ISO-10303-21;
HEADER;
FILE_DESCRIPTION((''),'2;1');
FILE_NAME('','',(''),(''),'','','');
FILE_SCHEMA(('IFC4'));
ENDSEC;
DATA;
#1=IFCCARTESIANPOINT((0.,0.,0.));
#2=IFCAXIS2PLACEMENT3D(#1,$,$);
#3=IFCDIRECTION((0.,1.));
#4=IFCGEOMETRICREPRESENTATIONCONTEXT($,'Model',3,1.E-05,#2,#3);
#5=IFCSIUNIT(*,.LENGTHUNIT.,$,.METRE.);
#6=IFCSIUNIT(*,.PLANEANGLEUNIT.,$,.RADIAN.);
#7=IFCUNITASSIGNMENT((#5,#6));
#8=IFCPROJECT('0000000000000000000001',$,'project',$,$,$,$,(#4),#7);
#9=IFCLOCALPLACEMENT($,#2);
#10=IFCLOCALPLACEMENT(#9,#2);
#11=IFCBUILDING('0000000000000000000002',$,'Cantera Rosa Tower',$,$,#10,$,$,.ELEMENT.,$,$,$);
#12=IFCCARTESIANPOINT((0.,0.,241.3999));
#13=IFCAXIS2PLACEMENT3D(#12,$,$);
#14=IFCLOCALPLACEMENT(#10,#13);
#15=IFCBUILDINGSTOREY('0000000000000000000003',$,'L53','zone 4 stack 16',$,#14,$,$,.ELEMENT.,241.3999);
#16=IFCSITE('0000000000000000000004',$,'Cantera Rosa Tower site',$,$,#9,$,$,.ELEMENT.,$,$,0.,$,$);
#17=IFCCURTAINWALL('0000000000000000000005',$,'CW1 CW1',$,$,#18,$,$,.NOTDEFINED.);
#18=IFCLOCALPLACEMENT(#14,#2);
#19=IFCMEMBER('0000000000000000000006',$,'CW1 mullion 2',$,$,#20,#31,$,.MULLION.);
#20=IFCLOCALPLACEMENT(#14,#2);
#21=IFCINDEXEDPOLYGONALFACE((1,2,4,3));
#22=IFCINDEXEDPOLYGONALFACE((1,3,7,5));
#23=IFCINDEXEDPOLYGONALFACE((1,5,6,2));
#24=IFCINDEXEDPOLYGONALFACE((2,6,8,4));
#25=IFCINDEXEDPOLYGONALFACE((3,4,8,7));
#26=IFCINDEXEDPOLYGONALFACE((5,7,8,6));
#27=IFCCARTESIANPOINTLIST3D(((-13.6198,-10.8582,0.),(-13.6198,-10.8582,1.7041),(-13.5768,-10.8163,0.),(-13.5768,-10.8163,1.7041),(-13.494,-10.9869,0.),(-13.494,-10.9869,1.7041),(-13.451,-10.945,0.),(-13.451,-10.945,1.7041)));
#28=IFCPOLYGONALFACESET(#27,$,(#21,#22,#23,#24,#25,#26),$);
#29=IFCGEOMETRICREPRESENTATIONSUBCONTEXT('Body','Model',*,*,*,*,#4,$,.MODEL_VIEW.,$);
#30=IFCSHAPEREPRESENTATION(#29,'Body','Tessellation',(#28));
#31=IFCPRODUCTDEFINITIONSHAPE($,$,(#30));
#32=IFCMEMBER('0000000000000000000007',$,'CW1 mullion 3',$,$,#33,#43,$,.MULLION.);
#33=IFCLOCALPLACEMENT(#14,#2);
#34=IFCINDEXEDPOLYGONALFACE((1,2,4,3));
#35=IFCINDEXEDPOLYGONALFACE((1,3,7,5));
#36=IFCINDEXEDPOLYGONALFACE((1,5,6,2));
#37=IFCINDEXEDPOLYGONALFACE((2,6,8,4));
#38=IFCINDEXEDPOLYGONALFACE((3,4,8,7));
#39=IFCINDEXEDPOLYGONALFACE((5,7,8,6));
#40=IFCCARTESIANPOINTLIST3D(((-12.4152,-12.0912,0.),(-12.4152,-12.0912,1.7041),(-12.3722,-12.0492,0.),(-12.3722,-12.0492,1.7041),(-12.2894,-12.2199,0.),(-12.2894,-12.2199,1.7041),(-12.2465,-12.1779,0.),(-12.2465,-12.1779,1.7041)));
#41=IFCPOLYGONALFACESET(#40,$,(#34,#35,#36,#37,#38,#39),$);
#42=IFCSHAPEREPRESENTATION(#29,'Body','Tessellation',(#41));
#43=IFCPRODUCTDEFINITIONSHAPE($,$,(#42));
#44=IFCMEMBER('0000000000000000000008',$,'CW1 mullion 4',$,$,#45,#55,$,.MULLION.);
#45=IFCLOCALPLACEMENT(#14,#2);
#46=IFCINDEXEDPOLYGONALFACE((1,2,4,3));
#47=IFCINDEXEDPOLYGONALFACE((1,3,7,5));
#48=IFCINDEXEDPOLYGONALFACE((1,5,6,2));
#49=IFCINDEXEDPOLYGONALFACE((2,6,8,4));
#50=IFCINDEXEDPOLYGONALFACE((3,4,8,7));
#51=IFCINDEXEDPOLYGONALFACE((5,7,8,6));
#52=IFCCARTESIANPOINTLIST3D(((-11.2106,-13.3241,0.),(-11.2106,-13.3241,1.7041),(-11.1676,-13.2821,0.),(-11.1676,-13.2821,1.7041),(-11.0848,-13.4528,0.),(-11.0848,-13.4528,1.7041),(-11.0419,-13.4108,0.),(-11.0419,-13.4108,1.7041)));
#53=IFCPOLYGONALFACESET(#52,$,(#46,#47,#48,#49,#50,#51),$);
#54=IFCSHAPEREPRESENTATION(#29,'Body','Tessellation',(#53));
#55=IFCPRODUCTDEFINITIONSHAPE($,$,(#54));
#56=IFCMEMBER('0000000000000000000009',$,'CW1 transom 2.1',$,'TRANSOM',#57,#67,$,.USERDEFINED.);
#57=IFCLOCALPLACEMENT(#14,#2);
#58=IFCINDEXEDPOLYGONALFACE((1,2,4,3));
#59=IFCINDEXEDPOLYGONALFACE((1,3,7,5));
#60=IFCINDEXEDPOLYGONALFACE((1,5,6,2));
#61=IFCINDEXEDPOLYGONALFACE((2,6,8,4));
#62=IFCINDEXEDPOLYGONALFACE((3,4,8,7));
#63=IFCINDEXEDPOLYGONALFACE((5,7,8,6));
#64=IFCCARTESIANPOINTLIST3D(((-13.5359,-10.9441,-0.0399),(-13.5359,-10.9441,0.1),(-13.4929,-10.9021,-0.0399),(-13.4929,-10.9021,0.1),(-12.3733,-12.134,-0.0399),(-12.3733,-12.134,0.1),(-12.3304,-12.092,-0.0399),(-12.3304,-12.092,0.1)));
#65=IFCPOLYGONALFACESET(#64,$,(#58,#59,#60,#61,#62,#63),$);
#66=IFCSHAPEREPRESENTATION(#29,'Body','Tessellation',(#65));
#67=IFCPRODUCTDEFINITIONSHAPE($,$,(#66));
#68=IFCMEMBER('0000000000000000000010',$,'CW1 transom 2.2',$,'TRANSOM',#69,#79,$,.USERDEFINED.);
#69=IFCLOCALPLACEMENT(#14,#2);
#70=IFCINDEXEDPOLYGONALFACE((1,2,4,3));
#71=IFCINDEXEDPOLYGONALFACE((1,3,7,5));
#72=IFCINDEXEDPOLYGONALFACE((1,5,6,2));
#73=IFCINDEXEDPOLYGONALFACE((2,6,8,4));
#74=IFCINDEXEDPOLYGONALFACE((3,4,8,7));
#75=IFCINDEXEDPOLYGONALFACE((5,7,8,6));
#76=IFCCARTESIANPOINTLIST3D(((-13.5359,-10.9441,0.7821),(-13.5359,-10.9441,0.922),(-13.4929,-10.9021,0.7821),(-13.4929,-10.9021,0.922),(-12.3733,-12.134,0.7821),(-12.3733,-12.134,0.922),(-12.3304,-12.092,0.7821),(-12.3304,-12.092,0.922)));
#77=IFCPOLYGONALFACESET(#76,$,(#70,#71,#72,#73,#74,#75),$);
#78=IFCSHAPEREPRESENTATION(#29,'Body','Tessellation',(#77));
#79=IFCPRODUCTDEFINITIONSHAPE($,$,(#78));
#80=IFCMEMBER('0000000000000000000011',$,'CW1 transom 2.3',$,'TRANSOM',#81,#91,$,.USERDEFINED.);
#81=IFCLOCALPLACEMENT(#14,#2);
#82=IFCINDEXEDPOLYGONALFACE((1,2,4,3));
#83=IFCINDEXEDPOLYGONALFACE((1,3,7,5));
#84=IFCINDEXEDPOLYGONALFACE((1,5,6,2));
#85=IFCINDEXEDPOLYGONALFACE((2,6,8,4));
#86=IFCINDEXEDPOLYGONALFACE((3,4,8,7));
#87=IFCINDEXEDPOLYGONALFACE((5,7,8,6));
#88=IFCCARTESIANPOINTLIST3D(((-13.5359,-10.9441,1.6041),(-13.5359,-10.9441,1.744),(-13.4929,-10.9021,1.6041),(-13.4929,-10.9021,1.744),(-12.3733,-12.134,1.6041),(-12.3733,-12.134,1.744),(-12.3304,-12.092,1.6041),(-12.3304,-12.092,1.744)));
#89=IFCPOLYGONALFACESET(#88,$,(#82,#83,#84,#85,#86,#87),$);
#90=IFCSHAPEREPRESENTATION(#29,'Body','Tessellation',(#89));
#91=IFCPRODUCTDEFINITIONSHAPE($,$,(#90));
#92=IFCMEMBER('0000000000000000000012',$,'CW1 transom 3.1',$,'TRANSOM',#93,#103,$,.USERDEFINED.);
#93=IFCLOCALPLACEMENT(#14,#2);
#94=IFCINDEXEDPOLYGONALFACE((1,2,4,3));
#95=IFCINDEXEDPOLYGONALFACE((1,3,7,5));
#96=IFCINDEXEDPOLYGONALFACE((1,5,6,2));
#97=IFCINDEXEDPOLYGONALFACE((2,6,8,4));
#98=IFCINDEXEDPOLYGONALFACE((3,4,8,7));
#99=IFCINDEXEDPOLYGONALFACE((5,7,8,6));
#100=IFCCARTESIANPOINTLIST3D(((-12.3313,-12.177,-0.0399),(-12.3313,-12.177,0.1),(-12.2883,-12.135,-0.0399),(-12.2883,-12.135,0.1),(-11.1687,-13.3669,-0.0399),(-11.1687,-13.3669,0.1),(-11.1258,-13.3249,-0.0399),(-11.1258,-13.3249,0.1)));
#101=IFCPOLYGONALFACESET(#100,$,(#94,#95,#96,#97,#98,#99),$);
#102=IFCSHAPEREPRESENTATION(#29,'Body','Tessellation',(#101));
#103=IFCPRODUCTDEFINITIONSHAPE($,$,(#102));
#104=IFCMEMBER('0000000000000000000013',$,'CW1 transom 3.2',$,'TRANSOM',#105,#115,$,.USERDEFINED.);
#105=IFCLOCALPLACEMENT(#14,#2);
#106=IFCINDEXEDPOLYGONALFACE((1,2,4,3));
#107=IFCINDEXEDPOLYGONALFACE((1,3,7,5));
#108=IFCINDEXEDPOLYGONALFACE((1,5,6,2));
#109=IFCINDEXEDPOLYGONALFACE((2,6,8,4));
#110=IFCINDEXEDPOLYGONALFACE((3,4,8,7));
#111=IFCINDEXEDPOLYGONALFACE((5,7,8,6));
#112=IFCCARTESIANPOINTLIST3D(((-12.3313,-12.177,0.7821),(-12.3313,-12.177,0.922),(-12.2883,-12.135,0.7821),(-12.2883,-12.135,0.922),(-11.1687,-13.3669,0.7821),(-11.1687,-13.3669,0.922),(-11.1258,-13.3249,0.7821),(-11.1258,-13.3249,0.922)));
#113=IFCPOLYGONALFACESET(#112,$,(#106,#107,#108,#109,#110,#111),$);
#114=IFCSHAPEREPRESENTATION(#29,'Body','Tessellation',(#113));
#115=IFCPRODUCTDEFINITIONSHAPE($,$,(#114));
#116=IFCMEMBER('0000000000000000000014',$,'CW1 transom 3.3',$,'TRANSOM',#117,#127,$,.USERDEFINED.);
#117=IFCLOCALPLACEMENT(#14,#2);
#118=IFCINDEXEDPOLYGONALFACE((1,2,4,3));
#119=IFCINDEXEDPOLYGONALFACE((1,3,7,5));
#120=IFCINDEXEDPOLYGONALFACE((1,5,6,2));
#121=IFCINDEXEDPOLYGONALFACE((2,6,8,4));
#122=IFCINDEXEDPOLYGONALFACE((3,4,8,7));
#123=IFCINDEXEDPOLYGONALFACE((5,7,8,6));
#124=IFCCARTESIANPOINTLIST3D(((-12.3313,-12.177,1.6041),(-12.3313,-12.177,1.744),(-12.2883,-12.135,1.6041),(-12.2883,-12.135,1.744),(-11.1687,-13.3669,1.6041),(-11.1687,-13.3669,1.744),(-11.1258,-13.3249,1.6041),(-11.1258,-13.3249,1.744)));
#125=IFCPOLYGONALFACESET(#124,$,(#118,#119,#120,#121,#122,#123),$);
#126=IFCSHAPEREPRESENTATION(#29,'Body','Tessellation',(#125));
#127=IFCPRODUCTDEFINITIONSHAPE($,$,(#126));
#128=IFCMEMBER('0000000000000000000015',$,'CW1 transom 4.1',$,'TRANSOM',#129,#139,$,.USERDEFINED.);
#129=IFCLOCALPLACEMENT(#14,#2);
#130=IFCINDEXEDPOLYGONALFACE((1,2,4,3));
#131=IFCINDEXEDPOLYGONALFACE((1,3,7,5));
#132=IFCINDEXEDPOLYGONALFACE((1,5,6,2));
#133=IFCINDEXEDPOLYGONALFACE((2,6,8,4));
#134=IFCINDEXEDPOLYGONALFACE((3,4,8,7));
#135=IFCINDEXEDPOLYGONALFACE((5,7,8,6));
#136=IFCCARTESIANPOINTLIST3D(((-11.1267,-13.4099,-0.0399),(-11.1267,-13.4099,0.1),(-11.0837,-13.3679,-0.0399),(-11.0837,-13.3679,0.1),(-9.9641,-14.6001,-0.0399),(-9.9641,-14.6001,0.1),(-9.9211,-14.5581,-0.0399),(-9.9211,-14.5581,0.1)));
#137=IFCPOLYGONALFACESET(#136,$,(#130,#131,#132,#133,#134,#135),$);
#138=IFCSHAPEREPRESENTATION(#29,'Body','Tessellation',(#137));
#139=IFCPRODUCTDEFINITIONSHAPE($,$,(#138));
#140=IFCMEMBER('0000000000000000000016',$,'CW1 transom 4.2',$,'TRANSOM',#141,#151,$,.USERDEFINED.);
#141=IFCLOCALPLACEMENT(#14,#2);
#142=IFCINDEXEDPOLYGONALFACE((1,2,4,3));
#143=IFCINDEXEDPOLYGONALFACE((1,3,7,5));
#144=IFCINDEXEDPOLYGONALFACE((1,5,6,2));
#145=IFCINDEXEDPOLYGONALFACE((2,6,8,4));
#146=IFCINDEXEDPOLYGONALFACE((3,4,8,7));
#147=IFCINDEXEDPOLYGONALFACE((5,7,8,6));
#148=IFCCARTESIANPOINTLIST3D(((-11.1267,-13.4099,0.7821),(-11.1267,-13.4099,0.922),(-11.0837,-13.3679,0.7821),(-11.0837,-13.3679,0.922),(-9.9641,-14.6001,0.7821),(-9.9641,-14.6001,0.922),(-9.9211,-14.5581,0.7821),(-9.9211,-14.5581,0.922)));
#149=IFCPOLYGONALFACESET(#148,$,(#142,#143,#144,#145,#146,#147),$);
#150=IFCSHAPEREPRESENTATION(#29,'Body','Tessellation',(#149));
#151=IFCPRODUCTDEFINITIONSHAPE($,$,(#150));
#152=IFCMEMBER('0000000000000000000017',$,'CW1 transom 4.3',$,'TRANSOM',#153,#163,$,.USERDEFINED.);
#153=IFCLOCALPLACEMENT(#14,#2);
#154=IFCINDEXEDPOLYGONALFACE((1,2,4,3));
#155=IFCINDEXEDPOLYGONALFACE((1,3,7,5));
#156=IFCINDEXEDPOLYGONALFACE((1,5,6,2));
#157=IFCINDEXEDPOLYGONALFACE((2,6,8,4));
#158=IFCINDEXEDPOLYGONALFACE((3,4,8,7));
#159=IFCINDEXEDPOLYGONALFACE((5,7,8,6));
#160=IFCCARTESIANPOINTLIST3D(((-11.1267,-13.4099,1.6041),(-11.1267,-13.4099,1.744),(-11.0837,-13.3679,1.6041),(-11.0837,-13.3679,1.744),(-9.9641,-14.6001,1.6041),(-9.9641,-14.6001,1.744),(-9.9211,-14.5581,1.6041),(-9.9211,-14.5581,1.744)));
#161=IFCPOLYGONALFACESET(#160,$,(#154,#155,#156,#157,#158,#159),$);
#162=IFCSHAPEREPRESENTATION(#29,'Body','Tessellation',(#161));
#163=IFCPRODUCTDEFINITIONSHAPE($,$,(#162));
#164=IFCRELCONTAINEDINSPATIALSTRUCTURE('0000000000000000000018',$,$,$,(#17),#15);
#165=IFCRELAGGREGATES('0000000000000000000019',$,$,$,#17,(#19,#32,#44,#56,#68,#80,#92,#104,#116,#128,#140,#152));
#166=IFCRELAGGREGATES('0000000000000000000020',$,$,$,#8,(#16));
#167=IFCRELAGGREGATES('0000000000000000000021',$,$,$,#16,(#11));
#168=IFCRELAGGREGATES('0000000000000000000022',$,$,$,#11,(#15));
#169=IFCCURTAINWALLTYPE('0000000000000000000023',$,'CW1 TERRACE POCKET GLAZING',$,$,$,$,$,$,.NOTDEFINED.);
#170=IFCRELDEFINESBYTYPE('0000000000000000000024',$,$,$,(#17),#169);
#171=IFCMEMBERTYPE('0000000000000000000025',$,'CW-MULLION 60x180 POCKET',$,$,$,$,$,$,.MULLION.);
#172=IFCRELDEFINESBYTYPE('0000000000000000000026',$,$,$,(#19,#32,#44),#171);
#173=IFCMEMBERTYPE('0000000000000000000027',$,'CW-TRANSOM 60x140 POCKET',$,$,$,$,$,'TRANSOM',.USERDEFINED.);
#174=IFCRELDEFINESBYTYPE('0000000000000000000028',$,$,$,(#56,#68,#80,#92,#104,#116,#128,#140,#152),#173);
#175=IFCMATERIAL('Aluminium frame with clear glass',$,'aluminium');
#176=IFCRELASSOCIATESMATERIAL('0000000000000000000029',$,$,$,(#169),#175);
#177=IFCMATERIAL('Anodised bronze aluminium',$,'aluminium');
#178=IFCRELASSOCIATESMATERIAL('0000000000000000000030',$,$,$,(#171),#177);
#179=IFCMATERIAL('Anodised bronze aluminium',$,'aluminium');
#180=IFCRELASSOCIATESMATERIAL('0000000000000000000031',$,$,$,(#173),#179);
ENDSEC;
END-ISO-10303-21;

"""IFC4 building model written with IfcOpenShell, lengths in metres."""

from ifc_helpers import new_model, si_unit, direction, frame, origin, origin_2d, place, context, subcontext, project, spatial, rectangle, extrude, material, material_profile, profile_set, type_object, element, aggregate, save


model = new_model("IFC4")

# Units and contexts
model_context = context("Model", 3, precision=1e-05, world=origin(), true_north=direction((0.0, 1.0)))
body_context = subcontext(model_context, "Body", "Model", "MODEL_VIEW")
ifc_project = project(units=[si_unit("LENGTHUNIT", "METRE"), si_unit("PLANEANGLEUNIT", "RADIAN")], contexts=[model_context])

# Site, building, storey
site_placement = place(None, origin())
site = spatial("IfcSite", under=ifc_project, at=site_placement, Name="Cantera Rosa Tower site", CompositionType="ELEMENT", RefElevation=0.0)
building_placement = place(site_placement, origin())
building = spatial("IfcBuilding", under=site, at=building_placement, Name="Cantera Rosa Tower", CompositionType="ELEMENT")
storey_placement = place(building_placement, frame((0.0, 0.0, 241.3999)))
storey = spatial("IfcBuildingStorey", under=building, at=storey_placement, Name="L53", Description="zone 4 stack 16", CompositionType="ELEMENT", Elevation=241.3999)

# Curtain wall, members
ifc_material_1 = material(Name="Aluminium frame with clear glass", Category="aluminium")
curtain_wall_type = type_object("IfcCurtainWallType", Name="CW1 TERRACE POCKET GLAZING", PredefinedType="NOTDEFINED", material=ifc_material_1)
curtain_wall_placement = place(storey_placement, origin())
curtain_wall = element("IfcCurtainWall", 1, at=curtain_wall_placement, inside=storey, type_object=curtain_wall_type, Name="CW1 CW1", PredefinedType="NOTDEFINED")
ifc_material_2 = material(Name="Anodised bronze aluminium", Category="aluminium")
ifc_material_profile_1 = material_profile(ifc_material_2, rectangle(XDim=0.0601, YDim=0.1799, at=origin_2d()), Name="CW-MULLION 60x180 POCKET")
ifc_profile_set_1 = profile_set([ifc_material_profile_1], Name="Anodised bronze aluminium")
member_type_1 = type_object("IfcMemberType", Name="CW-MULLION 60x180 POCKET", PredefinedType="MULLION", material=ifc_profile_set_1)
member_1_placement = place(storey_placement, frame((-13.5354, -10.9016, 0.0), z_axis=(0.0, 0.0, 1.0), x_axis=(0.715286, 0.698832, 0.0)))
member_1 = element("IfcMember", 2, at=member_1_placement, type_object=member_type_1, Name="CW1 mullion 2", PredefinedType="MULLION", context=body_context, shape_type="SweptSolid", body=[
    extrude(rectangle(XDim=0.0601, YDim=0.1799, at=origin_2d()), origin(), (0.0, 0.0, 1.0), 1.7041),
])
member_2_placement = place(storey_placement, frame((-12.3308, -12.1345, 0.0), z_axis=(0.0, 0.0, 1.0), x_axis=(0.715286, 0.698832, 0.0)))
member_2 = element("IfcMember", 3, at=member_2_placement, type_object=member_type_1, Name="CW1 mullion 3", PredefinedType="MULLION", context=body_context, shape_type="SweptSolid", body=[
    extrude(rectangle(XDim=0.0601, YDim=0.1799, at=origin_2d()), origin(), (0.0, 0.0, 1.0), 1.7041),
])
member_3_placement = place(storey_placement, frame((-11.1262, -13.3674, 0.0), z_axis=(0.0, 0.0, 1.0), x_axis=(0.715286, 0.698832, 0.0)))
member_3 = element("IfcMember", 4, at=member_3_placement, type_object=member_type_1, Name="CW1 mullion 4", PredefinedType="MULLION", context=body_context, shape_type="SweptSolid", body=[
    extrude(rectangle(XDim=0.0601, YDim=0.1799, at=origin_2d()), origin(), (0.0, 0.0, 1.0), 1.7041),
])
ifc_material_3 = material(Name="Anodised bronze aluminium", Category="aluminium")
ifc_material_profile_2 = material_profile(ifc_material_3, rectangle(XDim=0.0601, YDim=0.1399, at=origin_2d()), Name="CW-TRANSOM 60x140 POCKET")
ifc_profile_set_2 = profile_set([ifc_material_profile_2], Name="Anodised bronze aluminium")
member_type_2 = type_object("IfcMemberType", Name="CW-TRANSOM 60x140 POCKET", ElementType="TRANSOM", PredefinedType="USERDEFINED", material=ifc_profile_set_2)
member_4_placement = place(storey_placement, frame((-13.5144, -10.9231, 0.03), z_axis=(0.698841, -0.715277, 0.0), x_axis=(0.715277, 0.698841, 0.0)))
member_4 = element("IfcMember", 5, at=member_4_placement, type_object=member_type_2, Name="CW1 transom 2.1", ObjectType="TRANSOM", PredefinedType="USERDEFINED", context=body_context, shape_type="SweptSolid", body=[
    extrude(rectangle(XDim=0.0601, YDim=0.1399, at=origin_2d()), origin(), (0.0, 0.0, 1.0), 1.6636),
])
member_5_placement = place(storey_placement, frame((-13.5144, -10.9231, 0.8521), z_axis=(0.698841, -0.715277, 0.0), x_axis=(0.715277, 0.698841, 0.0)))
member_5 = element("IfcMember", 6, at=member_5_placement, type_object=member_type_2, Name="CW1 transom 2.2", ObjectType="TRANSOM", PredefinedType="USERDEFINED", context=body_context, shape_type="SweptSolid", body=[
    extrude(rectangle(XDim=0.0601, YDim=0.1399, at=origin_2d()), origin(), (0.0, 0.0, 1.0), 1.6636),
])
member_6_placement = place(storey_placement, frame((-13.5144, -10.9231, 1.6741), z_axis=(0.698841, -0.715277, 0.0), x_axis=(0.715277, 0.698841, 0.0)))
member_6 = element("IfcMember", 7, at=member_6_placement, type_object=member_type_2, Name="CW1 transom 2.3", ObjectType="TRANSOM", PredefinedType="USERDEFINED", context=body_context, shape_type="SweptSolid", body=[
    extrude(rectangle(XDim=0.0601, YDim=0.1399, at=origin_2d()), origin(), (0.0, 0.0, 1.0), 1.6636),
])
member_7_placement = place(storey_placement, frame((-12.3098, -12.156, 0.03), z_axis=(0.698841, -0.715277, 0.0), x_axis=(0.715277, 0.698841, 0.0)))
member_7 = element("IfcMember", 8, at=member_7_placement, type_object=member_type_2, Name="CW1 transom 3.1", ObjectType="TRANSOM", PredefinedType="USERDEFINED", context=body_context, shape_type="SweptSolid", body=[
    extrude(rectangle(XDim=0.0601, YDim=0.1399, at=origin_2d()), origin(), (0.0, 0.0, 1.0), 1.6636),
])
member_8_placement = place(storey_placement, frame((-12.3098, -12.156, 0.8521), z_axis=(0.698841, -0.715277, 0.0), x_axis=(0.715277, 0.698841, 0.0)))
member_8 = element("IfcMember", 9, at=member_8_placement, type_object=member_type_2, Name="CW1 transom 3.2", ObjectType="TRANSOM", PredefinedType="USERDEFINED", context=body_context, shape_type="SweptSolid", body=[
    extrude(rectangle(XDim=0.0601, YDim=0.1399, at=origin_2d()), origin(), (0.0, 0.0, 1.0), 1.6636),
])
member_9_placement = place(storey_placement, frame((-12.3098, -12.156, 1.6741), z_axis=(0.698841, -0.715277, 0.0), x_axis=(0.715277, 0.698841, 0.0)))
member_9 = element("IfcMember", 10, at=member_9_placement, type_object=member_type_2, Name="CW1 transom 3.3", ObjectType="TRANSOM", PredefinedType="USERDEFINED", context=body_context, shape_type="SweptSolid", body=[
    extrude(rectangle(XDim=0.0601, YDim=0.1399, at=origin_2d()), origin(), (0.0, 0.0, 1.0), 1.6636),
])
member_10_placement = place(storey_placement, frame((-11.1052, -13.3889, 0.03), z_axis=(0.698767, -0.715349, 0.0), x_axis=(0.715349, 0.698767, 0.0)))
member_10 = element("IfcMember", 11, at=member_10_placement, type_object=member_type_2, Name="CW1 transom 4.1", ObjectType="TRANSOM", PredefinedType="USERDEFINED", context=body_context, shape_type="SweptSolid", body=[
    extrude(rectangle(XDim=0.0601, YDim=0.1399, at=origin_2d()), origin(), (0.0, 0.0, 1.0), 1.6638),
])
member_11_placement = place(storey_placement, frame((-11.1052, -13.3889, 0.8521), z_axis=(0.698767, -0.715349, 0.0), x_axis=(0.715349, 0.698767, 0.0)))
member_11 = element("IfcMember", 12, at=member_11_placement, type_object=member_type_2, Name="CW1 transom 4.2", ObjectType="TRANSOM", PredefinedType="USERDEFINED", context=body_context, shape_type="SweptSolid", body=[
    extrude(rectangle(XDim=0.0601, YDim=0.1399, at=origin_2d()), origin(), (0.0, 0.0, 1.0), 1.6638),
])
member_12_placement = place(storey_placement, frame((-11.1052, -13.3889, 1.6741), z_axis=(0.698767, -0.715349, 0.0), x_axis=(0.715349, 0.698767, 0.0)))
member_12 = element("IfcMember", 13, at=member_12_placement, type_object=member_type_2, Name="CW1 transom 4.3", ObjectType="TRANSOM", PredefinedType="USERDEFINED", context=body_context, shape_type="SweptSolid", body=[
    extrude(rectangle(XDim=0.0601, YDim=0.1399, at=origin_2d()), origin(), (0.0, 0.0, 1.0), 1.6638),
])

aggregate(curtain_wall, [member_1, member_2, member_3, member_4, member_5, member_6, member_7, member_8, member_9, member_10, member_11, member_12])

save(model, "model.ifc")
